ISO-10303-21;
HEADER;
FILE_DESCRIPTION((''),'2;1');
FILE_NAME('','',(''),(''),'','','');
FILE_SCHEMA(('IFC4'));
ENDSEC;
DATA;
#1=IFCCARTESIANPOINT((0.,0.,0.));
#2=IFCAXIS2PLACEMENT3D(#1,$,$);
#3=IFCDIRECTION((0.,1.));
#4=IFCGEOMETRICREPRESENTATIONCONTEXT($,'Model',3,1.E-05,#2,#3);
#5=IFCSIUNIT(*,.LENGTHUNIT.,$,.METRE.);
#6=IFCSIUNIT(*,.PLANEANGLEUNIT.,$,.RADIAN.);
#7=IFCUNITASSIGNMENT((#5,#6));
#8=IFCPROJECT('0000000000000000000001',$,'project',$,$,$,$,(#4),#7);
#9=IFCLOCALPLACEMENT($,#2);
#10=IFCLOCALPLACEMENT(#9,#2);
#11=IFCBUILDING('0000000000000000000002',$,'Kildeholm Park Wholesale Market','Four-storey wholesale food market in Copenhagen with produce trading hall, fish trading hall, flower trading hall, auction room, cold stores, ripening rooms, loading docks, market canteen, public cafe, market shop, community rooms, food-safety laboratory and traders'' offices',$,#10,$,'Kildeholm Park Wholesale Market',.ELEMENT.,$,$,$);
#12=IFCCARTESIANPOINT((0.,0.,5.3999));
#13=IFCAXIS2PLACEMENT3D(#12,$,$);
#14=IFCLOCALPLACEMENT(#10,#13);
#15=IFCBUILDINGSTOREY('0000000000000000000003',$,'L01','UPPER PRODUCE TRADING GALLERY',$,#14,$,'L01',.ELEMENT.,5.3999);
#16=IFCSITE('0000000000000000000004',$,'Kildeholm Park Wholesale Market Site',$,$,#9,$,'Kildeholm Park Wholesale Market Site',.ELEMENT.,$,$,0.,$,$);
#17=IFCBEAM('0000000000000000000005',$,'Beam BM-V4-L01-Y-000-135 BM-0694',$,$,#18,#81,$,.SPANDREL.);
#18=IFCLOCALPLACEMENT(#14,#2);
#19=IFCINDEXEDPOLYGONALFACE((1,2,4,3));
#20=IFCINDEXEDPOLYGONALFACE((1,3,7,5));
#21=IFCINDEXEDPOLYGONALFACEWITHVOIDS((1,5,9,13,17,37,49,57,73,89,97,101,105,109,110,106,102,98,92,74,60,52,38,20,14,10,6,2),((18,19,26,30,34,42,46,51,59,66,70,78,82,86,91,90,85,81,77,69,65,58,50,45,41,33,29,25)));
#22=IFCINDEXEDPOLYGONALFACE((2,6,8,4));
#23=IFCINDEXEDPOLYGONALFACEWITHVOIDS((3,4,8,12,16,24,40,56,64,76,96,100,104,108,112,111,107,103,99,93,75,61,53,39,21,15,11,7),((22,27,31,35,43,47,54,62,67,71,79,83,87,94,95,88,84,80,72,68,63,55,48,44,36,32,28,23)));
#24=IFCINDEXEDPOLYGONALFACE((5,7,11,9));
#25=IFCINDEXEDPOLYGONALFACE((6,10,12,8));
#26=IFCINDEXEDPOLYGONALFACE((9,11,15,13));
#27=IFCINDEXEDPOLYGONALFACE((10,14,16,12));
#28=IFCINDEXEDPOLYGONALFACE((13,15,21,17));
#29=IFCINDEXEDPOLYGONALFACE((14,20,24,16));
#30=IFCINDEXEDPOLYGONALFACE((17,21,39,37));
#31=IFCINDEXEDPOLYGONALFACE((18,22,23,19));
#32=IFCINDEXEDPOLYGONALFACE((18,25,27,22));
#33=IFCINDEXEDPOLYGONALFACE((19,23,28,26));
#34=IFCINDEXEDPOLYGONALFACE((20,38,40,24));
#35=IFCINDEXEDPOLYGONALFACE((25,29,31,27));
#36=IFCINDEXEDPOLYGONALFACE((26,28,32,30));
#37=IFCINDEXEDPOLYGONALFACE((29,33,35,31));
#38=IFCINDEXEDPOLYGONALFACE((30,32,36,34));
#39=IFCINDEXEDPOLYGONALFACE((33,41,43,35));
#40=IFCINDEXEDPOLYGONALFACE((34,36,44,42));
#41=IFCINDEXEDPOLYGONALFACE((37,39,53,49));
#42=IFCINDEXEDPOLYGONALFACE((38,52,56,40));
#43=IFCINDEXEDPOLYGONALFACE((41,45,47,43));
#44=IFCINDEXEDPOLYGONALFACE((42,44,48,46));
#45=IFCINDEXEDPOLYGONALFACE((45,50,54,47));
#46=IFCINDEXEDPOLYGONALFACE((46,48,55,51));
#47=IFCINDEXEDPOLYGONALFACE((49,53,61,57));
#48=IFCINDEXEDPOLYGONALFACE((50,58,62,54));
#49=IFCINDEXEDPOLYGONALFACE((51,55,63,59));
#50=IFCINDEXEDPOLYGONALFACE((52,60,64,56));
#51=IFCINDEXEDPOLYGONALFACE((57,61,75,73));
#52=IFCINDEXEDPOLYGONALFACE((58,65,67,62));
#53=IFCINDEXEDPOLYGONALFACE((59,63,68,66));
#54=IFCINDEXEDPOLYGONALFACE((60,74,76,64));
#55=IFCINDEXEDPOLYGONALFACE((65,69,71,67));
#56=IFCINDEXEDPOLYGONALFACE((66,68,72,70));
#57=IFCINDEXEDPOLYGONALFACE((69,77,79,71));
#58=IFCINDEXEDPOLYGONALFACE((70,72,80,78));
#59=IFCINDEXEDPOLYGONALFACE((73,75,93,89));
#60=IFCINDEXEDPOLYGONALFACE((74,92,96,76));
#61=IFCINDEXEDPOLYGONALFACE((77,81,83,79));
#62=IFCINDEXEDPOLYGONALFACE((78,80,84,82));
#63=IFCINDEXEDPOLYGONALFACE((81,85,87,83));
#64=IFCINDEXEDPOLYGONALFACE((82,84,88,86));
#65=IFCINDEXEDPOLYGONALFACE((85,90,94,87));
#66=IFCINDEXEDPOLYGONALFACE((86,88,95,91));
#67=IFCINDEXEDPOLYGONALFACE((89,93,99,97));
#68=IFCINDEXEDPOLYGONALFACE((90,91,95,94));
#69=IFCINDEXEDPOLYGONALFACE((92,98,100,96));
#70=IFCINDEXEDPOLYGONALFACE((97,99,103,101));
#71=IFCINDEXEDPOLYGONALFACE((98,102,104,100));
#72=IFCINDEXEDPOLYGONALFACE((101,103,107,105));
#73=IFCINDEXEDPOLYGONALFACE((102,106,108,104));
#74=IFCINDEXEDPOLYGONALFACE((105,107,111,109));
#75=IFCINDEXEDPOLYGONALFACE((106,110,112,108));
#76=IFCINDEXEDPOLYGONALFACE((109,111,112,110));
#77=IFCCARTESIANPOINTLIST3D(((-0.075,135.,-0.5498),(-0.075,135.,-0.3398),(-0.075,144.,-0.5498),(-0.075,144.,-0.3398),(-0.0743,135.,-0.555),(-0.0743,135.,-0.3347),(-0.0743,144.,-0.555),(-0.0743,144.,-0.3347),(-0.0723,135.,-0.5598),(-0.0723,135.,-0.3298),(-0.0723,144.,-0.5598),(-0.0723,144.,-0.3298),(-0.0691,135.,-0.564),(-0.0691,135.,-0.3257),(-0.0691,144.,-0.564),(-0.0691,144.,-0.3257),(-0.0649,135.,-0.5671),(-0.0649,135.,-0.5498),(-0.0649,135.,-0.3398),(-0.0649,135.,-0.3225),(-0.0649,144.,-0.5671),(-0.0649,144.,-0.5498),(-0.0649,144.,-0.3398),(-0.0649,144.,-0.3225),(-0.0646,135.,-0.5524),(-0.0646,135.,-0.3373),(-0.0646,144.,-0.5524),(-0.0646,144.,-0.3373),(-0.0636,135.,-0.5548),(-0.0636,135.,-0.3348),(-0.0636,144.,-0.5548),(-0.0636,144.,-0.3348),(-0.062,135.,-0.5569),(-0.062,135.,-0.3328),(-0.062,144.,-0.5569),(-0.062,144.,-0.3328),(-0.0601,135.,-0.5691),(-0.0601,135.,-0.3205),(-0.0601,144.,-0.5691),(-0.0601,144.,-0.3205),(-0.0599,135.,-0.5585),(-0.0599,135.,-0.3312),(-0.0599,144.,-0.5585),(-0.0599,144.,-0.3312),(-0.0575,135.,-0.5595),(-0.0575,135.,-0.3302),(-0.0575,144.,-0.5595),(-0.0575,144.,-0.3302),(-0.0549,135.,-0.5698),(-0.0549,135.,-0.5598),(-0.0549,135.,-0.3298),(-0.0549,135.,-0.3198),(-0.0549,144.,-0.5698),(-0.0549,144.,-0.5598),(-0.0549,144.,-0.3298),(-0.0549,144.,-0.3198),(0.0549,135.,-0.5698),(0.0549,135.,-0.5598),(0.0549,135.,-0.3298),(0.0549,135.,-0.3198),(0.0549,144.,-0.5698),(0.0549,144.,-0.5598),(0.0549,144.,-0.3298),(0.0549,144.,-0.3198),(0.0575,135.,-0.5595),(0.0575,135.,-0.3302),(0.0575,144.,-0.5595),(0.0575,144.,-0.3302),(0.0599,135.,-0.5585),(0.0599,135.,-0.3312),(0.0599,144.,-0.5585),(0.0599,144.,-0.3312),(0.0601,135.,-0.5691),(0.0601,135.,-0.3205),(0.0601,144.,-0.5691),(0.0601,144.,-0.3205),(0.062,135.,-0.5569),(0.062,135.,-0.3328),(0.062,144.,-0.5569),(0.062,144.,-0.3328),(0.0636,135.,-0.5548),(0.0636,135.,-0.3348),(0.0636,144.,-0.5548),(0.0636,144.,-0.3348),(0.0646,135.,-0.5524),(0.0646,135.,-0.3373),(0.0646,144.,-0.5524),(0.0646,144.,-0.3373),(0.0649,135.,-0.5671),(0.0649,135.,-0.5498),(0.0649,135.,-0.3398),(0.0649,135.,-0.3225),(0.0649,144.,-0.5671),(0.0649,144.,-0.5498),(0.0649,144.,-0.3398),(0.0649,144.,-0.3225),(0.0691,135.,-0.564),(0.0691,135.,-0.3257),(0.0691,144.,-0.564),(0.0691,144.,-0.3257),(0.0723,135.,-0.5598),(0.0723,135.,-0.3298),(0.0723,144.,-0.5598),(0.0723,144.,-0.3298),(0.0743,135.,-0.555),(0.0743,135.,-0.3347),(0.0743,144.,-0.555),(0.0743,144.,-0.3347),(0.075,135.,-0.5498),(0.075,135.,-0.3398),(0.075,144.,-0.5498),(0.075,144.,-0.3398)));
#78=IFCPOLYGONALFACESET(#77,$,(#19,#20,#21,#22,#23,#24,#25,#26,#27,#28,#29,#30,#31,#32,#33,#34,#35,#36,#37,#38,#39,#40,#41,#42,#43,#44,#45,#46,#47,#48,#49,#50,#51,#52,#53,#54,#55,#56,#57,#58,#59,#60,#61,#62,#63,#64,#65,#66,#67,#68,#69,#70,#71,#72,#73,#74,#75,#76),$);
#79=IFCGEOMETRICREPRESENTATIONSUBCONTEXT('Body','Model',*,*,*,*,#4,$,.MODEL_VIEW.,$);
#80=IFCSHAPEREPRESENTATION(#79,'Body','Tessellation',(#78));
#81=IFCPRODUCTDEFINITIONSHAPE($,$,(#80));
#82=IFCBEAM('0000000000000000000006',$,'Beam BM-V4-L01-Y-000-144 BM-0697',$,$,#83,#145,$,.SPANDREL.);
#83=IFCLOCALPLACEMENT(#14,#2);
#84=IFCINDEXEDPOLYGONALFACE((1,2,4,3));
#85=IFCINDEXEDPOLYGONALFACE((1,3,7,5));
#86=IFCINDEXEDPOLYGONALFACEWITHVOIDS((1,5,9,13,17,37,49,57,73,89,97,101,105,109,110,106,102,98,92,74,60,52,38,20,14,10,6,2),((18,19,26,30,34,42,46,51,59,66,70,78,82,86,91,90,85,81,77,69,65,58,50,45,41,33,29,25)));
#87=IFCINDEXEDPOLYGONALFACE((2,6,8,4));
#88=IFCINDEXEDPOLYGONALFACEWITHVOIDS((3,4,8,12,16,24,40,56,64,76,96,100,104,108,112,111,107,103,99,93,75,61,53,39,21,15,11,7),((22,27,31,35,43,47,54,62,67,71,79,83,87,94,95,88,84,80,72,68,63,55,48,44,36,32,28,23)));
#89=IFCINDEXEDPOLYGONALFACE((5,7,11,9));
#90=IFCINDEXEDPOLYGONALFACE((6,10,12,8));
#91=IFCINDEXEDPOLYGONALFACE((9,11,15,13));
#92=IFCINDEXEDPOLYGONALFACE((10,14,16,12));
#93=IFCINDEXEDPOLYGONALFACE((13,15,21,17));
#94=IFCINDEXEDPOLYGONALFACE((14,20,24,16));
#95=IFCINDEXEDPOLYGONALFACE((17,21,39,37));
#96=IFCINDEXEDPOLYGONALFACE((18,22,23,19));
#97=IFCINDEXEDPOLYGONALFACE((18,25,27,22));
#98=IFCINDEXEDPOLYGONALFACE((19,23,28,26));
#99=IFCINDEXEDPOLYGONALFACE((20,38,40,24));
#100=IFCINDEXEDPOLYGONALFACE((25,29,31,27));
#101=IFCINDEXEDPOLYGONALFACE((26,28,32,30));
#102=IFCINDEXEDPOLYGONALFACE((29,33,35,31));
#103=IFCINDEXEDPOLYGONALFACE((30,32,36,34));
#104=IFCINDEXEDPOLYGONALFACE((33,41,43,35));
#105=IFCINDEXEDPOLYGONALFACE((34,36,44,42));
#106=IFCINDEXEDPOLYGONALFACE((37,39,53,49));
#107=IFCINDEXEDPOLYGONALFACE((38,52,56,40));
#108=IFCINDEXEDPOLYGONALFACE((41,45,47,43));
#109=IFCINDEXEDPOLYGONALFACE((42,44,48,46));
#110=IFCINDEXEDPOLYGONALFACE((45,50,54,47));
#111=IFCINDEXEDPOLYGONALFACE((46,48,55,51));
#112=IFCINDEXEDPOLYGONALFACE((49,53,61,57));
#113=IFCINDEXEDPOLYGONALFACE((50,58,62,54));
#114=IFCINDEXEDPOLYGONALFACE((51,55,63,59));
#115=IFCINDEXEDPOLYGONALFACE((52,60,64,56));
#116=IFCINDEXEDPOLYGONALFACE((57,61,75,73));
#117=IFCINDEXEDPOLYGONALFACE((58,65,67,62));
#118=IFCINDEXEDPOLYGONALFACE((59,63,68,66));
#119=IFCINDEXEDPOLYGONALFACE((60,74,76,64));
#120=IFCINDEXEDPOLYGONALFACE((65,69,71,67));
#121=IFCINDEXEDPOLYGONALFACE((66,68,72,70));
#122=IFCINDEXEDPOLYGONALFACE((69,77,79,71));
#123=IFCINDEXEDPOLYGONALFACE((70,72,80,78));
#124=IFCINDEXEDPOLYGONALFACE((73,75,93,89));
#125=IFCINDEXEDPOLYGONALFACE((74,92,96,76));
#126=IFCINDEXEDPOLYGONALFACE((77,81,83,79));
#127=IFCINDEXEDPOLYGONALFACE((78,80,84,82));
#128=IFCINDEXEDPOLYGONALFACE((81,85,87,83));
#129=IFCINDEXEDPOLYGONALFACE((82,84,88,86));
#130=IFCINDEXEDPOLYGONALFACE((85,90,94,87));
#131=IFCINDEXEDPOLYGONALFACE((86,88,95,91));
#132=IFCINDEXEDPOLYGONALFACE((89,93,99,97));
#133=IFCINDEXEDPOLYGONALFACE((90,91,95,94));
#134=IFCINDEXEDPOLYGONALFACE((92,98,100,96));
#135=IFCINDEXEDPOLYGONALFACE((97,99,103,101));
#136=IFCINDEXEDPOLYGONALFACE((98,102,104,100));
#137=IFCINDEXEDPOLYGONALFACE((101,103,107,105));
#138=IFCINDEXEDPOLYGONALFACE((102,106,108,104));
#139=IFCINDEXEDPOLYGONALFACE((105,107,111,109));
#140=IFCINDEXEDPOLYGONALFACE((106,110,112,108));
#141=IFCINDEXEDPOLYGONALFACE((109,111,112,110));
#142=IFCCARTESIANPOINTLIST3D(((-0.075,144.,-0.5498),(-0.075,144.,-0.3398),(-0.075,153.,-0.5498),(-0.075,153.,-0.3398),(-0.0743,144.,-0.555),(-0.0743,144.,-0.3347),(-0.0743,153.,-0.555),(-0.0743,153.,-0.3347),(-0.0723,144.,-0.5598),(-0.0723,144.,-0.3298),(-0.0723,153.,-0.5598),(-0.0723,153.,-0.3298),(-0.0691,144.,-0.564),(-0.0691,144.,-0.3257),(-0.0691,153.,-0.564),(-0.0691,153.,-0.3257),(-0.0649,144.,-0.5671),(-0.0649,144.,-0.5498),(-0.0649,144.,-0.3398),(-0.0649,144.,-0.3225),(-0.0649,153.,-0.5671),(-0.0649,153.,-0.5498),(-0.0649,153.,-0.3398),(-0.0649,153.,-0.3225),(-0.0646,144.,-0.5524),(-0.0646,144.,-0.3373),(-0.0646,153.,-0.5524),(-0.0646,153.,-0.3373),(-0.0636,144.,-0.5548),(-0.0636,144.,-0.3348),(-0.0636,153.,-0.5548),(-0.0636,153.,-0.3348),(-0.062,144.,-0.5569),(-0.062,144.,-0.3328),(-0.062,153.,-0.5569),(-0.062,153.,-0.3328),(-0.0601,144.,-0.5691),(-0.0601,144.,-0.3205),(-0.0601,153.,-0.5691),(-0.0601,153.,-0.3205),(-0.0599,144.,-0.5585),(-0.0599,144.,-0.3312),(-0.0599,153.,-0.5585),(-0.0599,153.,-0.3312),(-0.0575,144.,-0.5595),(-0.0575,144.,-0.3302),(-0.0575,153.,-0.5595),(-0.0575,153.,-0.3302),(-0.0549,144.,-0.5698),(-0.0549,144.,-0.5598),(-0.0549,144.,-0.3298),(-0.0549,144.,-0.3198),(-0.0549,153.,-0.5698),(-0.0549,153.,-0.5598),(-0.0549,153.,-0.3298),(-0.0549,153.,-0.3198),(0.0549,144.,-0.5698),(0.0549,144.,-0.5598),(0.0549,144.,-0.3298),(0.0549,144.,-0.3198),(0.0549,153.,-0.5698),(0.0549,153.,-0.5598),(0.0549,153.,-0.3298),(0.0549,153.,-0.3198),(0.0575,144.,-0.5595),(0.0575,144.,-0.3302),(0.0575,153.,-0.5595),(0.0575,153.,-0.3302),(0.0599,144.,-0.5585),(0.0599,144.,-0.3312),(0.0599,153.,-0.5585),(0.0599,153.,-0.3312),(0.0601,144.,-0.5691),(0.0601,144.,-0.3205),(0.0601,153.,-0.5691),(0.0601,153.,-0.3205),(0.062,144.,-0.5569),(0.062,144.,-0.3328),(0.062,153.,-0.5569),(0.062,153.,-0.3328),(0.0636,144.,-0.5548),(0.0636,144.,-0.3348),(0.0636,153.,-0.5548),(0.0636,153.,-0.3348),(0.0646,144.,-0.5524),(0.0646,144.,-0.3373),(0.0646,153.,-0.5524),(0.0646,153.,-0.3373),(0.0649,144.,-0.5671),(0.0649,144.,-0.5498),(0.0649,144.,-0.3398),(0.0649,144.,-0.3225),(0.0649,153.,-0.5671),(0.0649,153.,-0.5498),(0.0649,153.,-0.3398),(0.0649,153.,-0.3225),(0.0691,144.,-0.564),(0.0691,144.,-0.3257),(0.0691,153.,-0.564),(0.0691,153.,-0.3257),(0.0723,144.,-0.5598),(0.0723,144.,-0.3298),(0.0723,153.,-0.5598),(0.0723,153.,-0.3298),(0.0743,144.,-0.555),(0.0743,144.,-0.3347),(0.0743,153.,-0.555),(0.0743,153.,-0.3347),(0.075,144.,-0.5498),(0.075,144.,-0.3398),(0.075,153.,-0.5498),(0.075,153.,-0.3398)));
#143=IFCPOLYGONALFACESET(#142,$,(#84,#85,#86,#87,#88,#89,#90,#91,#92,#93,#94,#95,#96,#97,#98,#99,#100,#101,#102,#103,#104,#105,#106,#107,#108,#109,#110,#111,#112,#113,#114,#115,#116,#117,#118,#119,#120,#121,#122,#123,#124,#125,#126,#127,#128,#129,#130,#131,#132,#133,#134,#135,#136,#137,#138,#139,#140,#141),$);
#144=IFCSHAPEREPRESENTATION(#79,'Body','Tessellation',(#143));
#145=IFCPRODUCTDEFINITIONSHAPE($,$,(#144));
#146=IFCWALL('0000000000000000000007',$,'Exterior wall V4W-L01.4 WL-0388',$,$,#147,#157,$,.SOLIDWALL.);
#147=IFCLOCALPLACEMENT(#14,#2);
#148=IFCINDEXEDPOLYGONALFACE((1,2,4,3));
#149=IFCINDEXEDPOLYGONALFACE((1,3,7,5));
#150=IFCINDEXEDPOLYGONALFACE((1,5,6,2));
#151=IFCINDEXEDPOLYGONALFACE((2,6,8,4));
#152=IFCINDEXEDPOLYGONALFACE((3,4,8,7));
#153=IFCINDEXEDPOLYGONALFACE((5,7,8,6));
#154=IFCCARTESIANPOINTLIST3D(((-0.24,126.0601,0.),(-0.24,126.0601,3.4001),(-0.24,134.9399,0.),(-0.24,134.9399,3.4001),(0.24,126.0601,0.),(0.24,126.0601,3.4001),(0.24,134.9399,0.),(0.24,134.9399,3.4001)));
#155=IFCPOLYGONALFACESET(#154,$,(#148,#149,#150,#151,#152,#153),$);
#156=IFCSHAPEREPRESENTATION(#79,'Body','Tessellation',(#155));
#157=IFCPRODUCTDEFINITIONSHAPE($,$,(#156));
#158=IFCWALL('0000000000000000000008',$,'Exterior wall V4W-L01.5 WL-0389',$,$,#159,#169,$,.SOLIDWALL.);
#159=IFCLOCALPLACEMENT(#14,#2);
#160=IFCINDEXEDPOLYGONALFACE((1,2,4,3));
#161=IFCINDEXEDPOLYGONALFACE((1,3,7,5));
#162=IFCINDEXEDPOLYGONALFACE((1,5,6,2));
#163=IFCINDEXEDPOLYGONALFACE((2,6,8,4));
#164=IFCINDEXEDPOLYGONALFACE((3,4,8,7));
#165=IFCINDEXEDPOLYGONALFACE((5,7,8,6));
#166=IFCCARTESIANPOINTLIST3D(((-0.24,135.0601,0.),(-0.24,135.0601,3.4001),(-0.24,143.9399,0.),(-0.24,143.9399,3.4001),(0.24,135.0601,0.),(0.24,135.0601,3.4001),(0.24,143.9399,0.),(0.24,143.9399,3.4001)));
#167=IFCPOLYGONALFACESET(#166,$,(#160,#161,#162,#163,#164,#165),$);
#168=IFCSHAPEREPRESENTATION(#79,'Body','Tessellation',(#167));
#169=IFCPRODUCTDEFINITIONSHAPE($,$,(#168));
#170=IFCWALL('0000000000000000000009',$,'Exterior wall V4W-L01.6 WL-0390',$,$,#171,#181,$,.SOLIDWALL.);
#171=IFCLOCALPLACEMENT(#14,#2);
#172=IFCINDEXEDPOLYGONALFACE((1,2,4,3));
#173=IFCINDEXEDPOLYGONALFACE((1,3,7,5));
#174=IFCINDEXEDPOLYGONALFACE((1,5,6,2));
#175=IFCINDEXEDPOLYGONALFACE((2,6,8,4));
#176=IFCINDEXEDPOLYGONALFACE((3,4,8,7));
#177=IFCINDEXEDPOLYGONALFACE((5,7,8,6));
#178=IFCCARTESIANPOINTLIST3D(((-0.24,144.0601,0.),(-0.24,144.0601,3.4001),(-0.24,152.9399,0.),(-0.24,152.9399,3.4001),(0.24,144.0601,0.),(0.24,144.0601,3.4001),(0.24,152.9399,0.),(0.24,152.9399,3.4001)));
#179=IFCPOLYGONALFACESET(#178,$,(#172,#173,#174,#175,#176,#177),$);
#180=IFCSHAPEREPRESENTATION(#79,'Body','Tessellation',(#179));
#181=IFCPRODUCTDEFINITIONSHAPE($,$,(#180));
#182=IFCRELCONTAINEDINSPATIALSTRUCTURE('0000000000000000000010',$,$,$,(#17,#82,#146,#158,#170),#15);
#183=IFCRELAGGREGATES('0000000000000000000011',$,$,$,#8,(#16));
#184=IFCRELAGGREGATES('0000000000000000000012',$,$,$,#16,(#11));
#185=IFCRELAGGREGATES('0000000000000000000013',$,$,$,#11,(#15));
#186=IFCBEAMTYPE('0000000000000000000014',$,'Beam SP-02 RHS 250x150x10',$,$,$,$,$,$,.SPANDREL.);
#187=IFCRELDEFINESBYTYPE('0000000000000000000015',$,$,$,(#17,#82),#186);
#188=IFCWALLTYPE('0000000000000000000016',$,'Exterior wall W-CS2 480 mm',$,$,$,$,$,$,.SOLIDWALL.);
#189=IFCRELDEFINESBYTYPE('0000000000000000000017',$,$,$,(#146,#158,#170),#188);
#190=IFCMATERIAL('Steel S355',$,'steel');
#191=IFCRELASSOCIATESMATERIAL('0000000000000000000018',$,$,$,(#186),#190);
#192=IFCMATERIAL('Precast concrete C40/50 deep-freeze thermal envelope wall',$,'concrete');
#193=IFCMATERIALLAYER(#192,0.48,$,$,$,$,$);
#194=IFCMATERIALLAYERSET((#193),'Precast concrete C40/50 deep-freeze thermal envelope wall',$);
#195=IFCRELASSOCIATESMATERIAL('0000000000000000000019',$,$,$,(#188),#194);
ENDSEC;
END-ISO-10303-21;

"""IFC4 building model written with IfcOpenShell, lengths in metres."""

from ifc_helpers import new_model, si_unit, direction, frame, frame_2d, origin, origin_2d, place, context, subcontext, project, spatial, rectangle, hollow_rectangle, extrude, material, layer, layer_set, material_profile, profile_set, type_object, element, save


model = new_model("IFC4")

# Units and contexts
model_context = context("Model", 3, precision=1e-05, world=origin(), true_north=direction((0.0, 1.0)))
body_context = subcontext(model_context, "Body", "Model", "MODEL_VIEW")
ifc_project = project(units=[si_unit("LENGTHUNIT", "METRE"), si_unit("PLANEANGLEUNIT", "RADIAN")], contexts=[model_context])

# Site, building, storey
site_placement = place(None, origin())
site = spatial("IfcSite", under=ifc_project, at=site_placement, Name="Kildeholm Park Wholesale Market Site", LongName="Kildeholm Park Wholesale Market Site", CompositionType="ELEMENT", RefElevation=0.0)
building_placement = place(site_placement, origin())
building = spatial("IfcBuilding", under=site, at=building_placement, Name="Kildeholm Park Wholesale Market", Description="Four-storey wholesale food market in Copenhagen with produce trading hall, fish trading hall, flower trading hall, auction room, cold stores, ripening rooms, loading docks, market canteen, public cafe, market shop, community rooms, food-safety laboratory and traders' offices", LongName="Kildeholm Park Wholesale Market", CompositionType="ELEMENT")
storey_placement = place(building_placement, frame((0.0, 0.0, 5.3999)))
storey = spatial("IfcBuildingStorey", under=building, at=storey_placement, Name="L01", Description="UPPER PRODUCE TRADING GALLERY", LongName="L01", CompositionType="ELEMENT", Elevation=5.3999)

# Beams
ifc_material_1 = material(Name="Steel S355", Category="steel")
ifc_material_profile_1 = material_profile(ifc_material_1, hollow_rectangle(XDim=0.1499, YDim=0.25, WallThickness=0.01, InnerFilletRadius=0.01, OuterFilletRadius=0.02, at=origin_2d()), Name="RHS 250x150x10")
ifc_profile_set_1 = profile_set([ifc_material_profile_1], Name="Steel S355")
beam_type_1 = type_object("IfcBeamType", Name="Beam SP-02 RHS 250x150x10", PredefinedType="SPANDREL", material=ifc_profile_set_1)
for number, where, z_axis, x_axis, name in (
    (1, (0.0, 135.0, -0.4448), (0.0, 1.0, 0.0), (-1.0, 0.0, 0.0), "Beam BM-V4-L01-Y-000-135 BM-0694"),
    (2, (0.0, 144.0, -0.4448), (0.0, 1.0, 0.0), (-1.0, 0.0, 0.0), "Beam BM-V4-L01-Y-000-144 BM-0697"),
):
    element("IfcBeam", number, at=place(storey_placement, frame(where, z_axis=z_axis, x_axis=x_axis)), inside=storey, type_object=beam_type_1, Name=name, PredefinedType="SPANDREL", context=body_context, shape_type="SweptSolid", body=[
        extrude(hollow_rectangle(XDim=0.1499, YDim=0.25, WallThickness=0.01, InnerFilletRadius=0.01, OuterFilletRadius=0.02, at=origin_2d()), origin(), (0.0, 0.0, 1.0), 9.0),
    ])

# Walls
ifc_material_2 = material(Name="Precast concrete C40/50 deep-freeze thermal envelope wall", Category="concrete")
ifc_layer = layer(ifc_material_2, 0.48)
ifc_layer_set = layer_set([ifc_layer], Name="Precast concrete C40/50 deep-freeze thermal envelope wall")
wall_type = type_object("IfcWallType", Name="Exterior wall W-CS2 480 mm", PredefinedType="SOLIDWALL", material=ifc_layer_set)
for number, where, z_axis, x_axis, name in (
    (3, (0.0, 126.0601, 0.0), (0.0, 0.0, 1.0), (0.0, 1.0, 0.0), "Exterior wall V4W-L01.4 WL-0388"),
    (4, (0.0, 135.0601, 0.0), (0.0, 0.0, 1.0), (0.0, 1.0, 0.0), "Exterior wall V4W-L01.5 WL-0389"),
    (5, (0.0, 144.0601, 0.0), (0.0, 0.0, 1.0), (0.0, 1.0, 0.0), "Exterior wall V4W-L01.6 WL-0390"),
):
    element("IfcWall", number, at=place(storey_placement, frame(where, z_axis=z_axis, x_axis=x_axis)), inside=storey, type_object=wall_type, Name=name, PredefinedType="SOLIDWALL", context=body_context, shape_type="SweptSolid", body=[
        extrude(rectangle(XDim=8.8799, YDim=0.48, at=frame_2d((4.4399, 0.0))), origin(), (0.0, 0.0, 1.0), 3.4001),
    ])

save(model, "model.ifc")
